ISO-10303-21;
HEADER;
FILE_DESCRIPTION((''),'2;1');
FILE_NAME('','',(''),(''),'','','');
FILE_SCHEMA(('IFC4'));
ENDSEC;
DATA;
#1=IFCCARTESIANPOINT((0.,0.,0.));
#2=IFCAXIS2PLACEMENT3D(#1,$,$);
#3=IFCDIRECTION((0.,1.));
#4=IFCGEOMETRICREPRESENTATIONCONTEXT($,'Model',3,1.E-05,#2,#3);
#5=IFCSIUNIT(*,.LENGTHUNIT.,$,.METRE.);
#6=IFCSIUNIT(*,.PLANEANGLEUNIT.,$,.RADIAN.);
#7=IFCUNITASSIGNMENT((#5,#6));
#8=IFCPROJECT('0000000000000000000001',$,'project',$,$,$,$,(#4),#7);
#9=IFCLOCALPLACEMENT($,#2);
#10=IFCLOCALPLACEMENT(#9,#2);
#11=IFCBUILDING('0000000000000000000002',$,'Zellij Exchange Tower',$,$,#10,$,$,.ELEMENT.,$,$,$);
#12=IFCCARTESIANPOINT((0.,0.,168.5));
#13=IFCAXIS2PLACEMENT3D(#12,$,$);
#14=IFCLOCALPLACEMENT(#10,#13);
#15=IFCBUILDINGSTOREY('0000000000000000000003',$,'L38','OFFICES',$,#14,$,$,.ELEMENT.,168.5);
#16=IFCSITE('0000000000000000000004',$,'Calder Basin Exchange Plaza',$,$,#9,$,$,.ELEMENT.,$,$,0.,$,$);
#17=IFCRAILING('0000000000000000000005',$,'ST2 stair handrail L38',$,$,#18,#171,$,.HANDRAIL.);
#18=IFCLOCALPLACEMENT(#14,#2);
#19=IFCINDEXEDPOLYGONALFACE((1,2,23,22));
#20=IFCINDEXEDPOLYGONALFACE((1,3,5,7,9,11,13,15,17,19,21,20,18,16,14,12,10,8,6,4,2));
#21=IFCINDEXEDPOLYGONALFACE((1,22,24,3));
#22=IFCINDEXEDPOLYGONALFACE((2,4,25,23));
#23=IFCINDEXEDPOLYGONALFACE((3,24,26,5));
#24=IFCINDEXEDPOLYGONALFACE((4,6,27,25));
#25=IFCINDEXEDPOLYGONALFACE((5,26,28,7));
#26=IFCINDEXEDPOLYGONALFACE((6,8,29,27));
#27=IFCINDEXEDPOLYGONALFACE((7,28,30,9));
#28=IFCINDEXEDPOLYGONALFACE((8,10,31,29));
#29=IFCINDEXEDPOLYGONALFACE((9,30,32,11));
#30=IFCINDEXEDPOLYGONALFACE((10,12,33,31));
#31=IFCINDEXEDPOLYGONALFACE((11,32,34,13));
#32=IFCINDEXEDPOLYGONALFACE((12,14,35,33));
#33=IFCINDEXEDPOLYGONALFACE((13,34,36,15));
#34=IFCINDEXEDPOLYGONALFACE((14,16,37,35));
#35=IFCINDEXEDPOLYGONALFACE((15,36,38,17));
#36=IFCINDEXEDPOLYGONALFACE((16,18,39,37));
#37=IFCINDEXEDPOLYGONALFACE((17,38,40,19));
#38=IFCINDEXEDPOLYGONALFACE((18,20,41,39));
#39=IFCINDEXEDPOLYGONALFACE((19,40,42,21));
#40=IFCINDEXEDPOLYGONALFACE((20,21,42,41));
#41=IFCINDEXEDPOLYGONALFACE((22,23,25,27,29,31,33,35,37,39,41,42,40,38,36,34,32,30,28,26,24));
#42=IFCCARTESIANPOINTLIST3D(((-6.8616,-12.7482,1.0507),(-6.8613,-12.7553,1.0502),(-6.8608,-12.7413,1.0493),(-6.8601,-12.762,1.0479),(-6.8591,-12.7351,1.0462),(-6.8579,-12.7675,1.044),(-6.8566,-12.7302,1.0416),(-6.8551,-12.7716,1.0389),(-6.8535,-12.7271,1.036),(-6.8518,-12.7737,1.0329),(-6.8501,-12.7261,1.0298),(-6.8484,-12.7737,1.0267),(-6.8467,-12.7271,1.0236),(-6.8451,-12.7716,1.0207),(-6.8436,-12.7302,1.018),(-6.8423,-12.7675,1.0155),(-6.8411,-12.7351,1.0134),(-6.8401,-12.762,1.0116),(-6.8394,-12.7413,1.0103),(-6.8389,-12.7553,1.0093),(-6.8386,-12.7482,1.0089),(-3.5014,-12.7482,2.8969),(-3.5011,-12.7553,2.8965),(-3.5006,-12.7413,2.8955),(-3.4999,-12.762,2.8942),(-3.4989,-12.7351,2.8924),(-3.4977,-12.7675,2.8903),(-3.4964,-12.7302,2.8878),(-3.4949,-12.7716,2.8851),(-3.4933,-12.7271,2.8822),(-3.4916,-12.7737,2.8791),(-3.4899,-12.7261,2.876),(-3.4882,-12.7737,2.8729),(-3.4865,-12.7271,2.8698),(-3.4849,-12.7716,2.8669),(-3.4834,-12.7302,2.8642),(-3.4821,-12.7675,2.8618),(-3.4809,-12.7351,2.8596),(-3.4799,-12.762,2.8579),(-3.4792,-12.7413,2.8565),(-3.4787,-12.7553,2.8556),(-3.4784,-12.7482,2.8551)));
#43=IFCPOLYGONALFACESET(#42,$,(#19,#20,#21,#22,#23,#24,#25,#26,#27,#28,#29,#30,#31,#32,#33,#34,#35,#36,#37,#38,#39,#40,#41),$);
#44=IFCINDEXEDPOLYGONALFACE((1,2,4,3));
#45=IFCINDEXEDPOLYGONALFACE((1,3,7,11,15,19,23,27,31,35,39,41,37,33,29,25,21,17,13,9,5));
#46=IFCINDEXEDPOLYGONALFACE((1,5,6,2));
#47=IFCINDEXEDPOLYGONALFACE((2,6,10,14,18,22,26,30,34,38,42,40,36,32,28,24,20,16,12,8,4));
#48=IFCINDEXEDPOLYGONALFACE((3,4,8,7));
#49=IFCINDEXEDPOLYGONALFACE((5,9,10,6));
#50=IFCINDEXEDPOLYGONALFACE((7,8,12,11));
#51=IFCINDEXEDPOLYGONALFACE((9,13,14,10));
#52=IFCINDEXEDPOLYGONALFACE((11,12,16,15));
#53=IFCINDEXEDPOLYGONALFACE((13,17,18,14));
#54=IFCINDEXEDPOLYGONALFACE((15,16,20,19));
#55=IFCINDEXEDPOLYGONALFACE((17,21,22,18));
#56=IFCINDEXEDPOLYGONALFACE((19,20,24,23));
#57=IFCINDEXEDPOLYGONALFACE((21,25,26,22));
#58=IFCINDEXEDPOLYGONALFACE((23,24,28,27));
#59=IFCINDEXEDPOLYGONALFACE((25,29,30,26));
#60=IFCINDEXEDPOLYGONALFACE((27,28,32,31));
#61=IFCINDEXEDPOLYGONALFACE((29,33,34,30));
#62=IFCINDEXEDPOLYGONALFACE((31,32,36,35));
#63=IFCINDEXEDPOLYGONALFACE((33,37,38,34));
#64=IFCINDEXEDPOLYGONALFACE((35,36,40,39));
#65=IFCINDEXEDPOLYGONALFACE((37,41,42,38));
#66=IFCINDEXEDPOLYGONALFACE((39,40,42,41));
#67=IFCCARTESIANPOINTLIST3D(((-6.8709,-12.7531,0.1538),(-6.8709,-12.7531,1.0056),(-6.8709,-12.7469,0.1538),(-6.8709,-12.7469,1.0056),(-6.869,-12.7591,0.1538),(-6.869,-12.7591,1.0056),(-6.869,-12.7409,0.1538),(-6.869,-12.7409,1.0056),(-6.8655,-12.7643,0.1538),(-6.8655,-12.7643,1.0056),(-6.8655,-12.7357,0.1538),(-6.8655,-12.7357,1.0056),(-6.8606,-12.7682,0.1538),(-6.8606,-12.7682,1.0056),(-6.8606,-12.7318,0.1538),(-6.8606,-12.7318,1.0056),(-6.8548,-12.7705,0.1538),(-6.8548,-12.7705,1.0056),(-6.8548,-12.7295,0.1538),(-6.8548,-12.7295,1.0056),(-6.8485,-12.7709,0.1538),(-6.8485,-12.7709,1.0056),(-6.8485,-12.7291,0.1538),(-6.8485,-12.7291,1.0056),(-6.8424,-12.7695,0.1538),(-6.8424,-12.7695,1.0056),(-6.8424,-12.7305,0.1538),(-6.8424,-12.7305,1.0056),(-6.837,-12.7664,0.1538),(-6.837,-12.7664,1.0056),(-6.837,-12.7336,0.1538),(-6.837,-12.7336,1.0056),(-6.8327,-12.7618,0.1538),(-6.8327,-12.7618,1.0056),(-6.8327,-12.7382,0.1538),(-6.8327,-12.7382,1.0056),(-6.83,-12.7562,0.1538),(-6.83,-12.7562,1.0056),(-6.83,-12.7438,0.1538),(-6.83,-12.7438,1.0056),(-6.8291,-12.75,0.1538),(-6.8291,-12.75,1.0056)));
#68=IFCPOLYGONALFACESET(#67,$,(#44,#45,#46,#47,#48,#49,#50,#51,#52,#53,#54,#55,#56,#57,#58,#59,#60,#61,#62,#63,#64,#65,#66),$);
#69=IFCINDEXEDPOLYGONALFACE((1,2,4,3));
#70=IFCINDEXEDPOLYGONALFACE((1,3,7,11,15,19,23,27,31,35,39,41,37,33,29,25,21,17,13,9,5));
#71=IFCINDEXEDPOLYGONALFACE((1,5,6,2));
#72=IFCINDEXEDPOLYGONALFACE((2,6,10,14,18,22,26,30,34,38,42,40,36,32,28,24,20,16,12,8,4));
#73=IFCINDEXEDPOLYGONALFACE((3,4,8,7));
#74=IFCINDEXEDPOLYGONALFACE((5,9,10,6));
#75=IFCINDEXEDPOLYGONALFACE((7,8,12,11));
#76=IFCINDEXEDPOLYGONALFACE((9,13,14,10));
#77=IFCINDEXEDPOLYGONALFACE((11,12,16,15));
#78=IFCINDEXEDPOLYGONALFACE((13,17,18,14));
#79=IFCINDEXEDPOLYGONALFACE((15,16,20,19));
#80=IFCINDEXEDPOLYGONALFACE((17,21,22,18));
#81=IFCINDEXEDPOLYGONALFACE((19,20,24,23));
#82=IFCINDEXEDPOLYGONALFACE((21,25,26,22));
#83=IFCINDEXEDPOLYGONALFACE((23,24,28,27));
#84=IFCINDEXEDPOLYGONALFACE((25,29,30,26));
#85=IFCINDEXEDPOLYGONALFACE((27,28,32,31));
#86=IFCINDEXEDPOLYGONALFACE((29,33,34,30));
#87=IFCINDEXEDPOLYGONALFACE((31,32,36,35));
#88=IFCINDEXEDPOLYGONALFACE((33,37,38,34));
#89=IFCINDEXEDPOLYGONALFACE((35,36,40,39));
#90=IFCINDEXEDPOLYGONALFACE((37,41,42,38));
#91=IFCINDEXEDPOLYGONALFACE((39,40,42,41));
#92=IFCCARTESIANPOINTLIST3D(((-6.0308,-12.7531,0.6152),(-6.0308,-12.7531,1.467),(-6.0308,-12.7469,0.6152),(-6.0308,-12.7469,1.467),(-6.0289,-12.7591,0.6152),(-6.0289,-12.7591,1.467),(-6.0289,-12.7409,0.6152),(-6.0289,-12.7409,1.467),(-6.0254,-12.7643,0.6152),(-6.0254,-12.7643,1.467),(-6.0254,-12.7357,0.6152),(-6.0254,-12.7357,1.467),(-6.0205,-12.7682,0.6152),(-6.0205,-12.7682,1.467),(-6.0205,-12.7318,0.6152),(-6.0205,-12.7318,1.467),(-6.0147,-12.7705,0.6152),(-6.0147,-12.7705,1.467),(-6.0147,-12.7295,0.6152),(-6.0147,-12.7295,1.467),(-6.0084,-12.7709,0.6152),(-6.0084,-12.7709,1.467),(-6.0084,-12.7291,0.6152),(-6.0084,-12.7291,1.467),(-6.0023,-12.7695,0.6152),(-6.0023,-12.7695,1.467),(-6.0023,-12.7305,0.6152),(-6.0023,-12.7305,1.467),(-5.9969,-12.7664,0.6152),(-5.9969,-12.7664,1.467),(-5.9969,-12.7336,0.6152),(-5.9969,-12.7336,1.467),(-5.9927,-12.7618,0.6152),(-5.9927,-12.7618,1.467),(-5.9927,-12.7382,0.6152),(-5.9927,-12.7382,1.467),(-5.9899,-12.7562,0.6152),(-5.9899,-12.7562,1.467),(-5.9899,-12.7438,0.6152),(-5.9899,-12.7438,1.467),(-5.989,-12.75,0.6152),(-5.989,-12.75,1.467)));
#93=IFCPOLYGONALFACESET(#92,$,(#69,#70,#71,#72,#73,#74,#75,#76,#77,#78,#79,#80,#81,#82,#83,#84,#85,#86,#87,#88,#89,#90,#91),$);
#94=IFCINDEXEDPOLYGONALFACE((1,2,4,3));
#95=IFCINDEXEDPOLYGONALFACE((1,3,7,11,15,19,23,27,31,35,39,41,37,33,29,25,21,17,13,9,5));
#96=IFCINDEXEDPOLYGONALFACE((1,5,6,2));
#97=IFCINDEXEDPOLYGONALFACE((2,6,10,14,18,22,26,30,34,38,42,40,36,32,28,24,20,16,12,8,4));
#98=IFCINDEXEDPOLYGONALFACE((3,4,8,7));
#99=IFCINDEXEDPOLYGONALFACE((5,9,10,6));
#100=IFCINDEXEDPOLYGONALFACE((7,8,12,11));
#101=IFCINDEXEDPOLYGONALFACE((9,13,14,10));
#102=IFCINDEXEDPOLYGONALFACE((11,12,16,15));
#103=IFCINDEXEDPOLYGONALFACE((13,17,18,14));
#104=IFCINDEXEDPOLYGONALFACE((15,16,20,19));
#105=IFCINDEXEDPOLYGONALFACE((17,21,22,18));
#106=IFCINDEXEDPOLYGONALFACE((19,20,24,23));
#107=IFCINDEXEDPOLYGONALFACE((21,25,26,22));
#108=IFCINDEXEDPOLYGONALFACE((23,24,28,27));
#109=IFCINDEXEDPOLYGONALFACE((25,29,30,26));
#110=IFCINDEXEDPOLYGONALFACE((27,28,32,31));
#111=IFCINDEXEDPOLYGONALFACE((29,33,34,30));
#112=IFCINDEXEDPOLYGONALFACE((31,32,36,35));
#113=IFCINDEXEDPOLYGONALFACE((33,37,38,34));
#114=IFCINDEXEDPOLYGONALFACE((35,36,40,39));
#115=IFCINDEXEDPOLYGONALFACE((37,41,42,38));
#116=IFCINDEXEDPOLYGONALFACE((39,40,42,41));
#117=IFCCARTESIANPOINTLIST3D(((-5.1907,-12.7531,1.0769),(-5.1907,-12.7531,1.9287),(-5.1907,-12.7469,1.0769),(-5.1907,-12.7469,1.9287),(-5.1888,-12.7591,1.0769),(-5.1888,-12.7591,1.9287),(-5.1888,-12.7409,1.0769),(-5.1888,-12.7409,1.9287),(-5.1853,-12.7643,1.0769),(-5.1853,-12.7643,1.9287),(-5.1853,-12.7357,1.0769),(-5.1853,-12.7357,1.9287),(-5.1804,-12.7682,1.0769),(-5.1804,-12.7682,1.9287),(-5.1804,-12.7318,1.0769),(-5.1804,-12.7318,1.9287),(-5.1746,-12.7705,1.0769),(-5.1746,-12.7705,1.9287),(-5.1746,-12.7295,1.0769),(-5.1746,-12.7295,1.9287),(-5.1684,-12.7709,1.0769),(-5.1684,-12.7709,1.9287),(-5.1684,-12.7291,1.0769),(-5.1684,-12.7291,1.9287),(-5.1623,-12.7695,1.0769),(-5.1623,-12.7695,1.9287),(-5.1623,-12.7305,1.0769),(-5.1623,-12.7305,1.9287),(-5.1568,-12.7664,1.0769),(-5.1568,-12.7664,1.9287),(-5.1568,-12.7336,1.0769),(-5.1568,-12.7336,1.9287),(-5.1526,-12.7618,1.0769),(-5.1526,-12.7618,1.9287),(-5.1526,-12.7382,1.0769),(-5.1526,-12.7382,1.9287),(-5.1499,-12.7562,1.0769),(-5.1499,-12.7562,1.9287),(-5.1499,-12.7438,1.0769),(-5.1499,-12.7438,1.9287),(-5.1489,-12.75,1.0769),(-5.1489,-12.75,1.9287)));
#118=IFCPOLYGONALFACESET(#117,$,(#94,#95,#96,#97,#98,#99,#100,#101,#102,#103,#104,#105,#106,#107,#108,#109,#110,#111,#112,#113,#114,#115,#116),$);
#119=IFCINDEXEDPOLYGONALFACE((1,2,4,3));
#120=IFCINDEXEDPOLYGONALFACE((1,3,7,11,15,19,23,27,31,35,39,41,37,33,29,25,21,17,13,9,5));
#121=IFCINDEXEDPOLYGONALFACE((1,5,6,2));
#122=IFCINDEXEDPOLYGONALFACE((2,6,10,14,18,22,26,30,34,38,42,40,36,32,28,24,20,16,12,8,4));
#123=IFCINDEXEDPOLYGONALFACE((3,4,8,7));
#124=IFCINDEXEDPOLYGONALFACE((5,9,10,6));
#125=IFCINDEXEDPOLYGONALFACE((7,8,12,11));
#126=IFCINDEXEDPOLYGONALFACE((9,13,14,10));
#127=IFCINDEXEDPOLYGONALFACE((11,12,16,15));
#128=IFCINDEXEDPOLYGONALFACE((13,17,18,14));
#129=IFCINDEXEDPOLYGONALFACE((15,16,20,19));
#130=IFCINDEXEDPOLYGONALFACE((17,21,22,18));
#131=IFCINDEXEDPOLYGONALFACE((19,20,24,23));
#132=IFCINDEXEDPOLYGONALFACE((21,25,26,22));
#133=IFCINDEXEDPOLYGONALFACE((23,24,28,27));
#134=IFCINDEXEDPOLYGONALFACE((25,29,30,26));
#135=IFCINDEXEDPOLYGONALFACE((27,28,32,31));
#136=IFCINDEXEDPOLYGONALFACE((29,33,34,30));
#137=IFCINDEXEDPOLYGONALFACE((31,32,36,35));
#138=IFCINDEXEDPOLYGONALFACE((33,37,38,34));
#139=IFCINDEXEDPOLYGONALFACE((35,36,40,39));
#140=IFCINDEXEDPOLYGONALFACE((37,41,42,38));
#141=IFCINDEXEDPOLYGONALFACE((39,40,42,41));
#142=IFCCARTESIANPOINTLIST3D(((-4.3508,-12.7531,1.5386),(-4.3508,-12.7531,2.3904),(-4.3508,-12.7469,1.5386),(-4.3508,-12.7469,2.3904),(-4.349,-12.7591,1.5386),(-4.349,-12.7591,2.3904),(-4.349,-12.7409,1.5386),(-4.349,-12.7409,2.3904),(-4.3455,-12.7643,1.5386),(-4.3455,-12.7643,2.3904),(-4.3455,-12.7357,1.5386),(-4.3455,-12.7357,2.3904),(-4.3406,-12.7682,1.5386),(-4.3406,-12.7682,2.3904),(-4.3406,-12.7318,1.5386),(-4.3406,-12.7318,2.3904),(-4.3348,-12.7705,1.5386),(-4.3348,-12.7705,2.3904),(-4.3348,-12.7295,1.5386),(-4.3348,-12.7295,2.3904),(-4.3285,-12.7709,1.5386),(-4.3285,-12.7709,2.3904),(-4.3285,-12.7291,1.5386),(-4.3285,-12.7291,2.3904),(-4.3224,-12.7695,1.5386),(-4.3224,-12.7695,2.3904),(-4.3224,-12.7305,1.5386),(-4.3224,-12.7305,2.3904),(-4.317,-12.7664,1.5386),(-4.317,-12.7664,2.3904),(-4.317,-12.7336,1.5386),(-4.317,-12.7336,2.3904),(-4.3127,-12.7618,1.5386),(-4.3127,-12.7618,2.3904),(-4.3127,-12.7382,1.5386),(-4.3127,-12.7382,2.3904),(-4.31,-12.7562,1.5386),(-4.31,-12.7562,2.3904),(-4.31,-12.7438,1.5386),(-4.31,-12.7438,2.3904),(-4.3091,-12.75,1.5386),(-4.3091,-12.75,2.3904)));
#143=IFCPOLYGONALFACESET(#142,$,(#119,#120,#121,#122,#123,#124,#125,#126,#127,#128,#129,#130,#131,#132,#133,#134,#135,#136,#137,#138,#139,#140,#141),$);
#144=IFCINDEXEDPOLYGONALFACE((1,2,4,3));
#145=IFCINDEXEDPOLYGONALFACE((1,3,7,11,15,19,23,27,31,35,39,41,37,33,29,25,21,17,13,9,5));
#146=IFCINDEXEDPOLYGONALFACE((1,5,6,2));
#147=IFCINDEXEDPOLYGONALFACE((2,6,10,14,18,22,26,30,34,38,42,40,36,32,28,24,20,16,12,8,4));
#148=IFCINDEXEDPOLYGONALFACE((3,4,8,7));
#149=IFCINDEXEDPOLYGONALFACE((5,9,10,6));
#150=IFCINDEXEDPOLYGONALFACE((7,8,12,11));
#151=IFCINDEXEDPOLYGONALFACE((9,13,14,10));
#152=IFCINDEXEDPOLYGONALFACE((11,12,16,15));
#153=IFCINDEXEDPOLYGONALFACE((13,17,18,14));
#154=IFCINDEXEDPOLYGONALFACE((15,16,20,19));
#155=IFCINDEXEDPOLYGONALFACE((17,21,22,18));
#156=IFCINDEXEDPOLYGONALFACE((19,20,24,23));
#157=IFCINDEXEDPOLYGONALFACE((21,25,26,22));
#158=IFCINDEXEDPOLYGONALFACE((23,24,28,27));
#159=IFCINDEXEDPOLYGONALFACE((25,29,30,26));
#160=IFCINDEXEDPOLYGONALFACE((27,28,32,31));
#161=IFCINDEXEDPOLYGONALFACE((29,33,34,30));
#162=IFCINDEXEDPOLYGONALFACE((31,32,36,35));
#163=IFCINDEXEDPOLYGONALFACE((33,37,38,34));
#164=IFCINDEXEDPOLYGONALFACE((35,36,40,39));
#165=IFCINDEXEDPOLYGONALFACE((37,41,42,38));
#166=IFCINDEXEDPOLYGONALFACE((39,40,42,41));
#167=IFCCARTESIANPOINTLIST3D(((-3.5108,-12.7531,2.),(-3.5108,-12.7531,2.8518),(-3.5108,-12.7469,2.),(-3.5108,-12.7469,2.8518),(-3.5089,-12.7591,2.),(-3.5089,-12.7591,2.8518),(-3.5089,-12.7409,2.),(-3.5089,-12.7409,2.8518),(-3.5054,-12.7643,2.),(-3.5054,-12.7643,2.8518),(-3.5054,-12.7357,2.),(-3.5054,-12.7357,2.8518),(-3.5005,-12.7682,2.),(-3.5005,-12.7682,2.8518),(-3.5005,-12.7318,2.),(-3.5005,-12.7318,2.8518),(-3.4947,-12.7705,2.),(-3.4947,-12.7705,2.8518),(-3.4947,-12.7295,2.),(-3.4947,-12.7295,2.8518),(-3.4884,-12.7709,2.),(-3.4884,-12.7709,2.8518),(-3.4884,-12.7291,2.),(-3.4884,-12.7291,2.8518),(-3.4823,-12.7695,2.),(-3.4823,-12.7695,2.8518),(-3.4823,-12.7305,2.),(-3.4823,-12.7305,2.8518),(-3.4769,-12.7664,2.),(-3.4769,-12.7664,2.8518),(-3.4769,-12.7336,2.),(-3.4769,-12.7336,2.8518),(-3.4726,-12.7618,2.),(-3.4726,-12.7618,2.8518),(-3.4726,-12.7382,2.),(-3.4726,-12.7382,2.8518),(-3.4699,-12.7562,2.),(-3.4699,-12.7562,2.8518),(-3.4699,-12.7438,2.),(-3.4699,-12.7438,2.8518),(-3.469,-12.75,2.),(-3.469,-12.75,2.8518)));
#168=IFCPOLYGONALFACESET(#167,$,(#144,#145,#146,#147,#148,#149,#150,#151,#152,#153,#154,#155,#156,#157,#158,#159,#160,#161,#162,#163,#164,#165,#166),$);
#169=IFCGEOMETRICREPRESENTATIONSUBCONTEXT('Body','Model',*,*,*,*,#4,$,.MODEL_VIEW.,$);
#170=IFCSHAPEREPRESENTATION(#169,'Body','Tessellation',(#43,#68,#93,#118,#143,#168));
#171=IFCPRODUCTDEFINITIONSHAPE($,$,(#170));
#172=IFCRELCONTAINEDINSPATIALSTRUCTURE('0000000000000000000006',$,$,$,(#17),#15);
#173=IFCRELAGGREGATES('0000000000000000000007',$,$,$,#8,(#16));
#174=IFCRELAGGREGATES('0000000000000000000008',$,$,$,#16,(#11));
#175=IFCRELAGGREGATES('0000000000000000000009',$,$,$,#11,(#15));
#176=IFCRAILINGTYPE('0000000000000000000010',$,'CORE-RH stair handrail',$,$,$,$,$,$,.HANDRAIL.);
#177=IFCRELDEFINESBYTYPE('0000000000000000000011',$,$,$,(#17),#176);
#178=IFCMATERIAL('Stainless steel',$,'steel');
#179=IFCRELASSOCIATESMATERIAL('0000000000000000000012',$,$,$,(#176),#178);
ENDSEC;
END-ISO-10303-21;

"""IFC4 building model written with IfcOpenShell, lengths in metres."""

from ifc_helpers import new_model, si_unit, direction, frame, origin, origin_2d, place, context, subcontext, project, spatial, circle, extrude, material, type_object, element, save


model = new_model("IFC4")

# Units and contexts
model_context = context("Model", 3, precision=1e-05, world=origin(), true_north=direction((0.0, 1.0)))
body_context = subcontext(model_context, "Body", "Model", "MODEL_VIEW")
ifc_project = project(units=[si_unit("LENGTHUNIT", "METRE"), si_unit("PLANEANGLEUNIT", "RADIAN")], contexts=[model_context])

# Site, building, storey
site_placement = place(None, origin())
site = spatial("IfcSite", under=ifc_project, at=site_placement, Name="Calder Basin Exchange Plaza", CompositionType="ELEMENT", RefElevation=0.0)
building_placement = place(site_placement, origin())
building = spatial("IfcBuilding", under=site, at=building_placement, Name="Zellij Exchange Tower", CompositionType="ELEMENT")
storey_placement = place(building_placement, frame((0.0, 0.0, 168.5)))
storey = spatial("IfcBuildingStorey", under=building, at=storey_placement, Name="L38", Description="OFFICES", CompositionType="ELEMENT", Elevation=168.5)

# Railing
ifc_material_1 = material(Name="Stainless steel", Category="steel")
railing_type_1 = type_object("IfcRailingType", Name="CORE-RH stair handrail", PredefinedType="HANDRAIL", material=ifc_material_1)
railing_1_placement = place(storey_placement, frame((-6.8501, -12.75, 0.1538)))
element("IfcRailing", 1, at=railing_1_placement, inside=storey, type_object=railing_type_1, Name="ST2 stair handrail L38", PredefinedType="HANDRAIL", context=body_context, shape_type="SweptSolid", body=[
    extrude(circle(Radius=0.0239, at=origin_2d()), frame((0.0, 0.0, 0.876), z_axis=(0.876422, 0.0, 0.481545), x_axis=(0.0, 1.0, 0.0)), (0.0, 0.0, 1.0), 3.834),
    extrude(circle(Radius=0.021, at=origin_2d()), origin(), (0.0, 0.0, 1.0), 0.8518),
    extrude(circle(Radius=0.021, at=origin_2d()), frame((0.8401, 0.0, 0.4614)), (0.0, 0.0, 1.0), 0.8518),
    extrude(circle(Radius=0.021, at=origin_2d()), frame((1.6802, 0.0, 0.9231)), (0.0, 0.0, 1.0), 0.8518),
    extrude(circle(Radius=0.021, at=origin_2d()), frame((2.52, 0.0, 1.3848)), (0.0, 0.0, 1.0), 0.8518),
    extrude(circle(Radius=0.021, at=origin_2d()), frame((3.3601, 0.0, 1.8462)), (0.0, 0.0, 1.0), 0.8518),
])

save(model, "model.ifc")
